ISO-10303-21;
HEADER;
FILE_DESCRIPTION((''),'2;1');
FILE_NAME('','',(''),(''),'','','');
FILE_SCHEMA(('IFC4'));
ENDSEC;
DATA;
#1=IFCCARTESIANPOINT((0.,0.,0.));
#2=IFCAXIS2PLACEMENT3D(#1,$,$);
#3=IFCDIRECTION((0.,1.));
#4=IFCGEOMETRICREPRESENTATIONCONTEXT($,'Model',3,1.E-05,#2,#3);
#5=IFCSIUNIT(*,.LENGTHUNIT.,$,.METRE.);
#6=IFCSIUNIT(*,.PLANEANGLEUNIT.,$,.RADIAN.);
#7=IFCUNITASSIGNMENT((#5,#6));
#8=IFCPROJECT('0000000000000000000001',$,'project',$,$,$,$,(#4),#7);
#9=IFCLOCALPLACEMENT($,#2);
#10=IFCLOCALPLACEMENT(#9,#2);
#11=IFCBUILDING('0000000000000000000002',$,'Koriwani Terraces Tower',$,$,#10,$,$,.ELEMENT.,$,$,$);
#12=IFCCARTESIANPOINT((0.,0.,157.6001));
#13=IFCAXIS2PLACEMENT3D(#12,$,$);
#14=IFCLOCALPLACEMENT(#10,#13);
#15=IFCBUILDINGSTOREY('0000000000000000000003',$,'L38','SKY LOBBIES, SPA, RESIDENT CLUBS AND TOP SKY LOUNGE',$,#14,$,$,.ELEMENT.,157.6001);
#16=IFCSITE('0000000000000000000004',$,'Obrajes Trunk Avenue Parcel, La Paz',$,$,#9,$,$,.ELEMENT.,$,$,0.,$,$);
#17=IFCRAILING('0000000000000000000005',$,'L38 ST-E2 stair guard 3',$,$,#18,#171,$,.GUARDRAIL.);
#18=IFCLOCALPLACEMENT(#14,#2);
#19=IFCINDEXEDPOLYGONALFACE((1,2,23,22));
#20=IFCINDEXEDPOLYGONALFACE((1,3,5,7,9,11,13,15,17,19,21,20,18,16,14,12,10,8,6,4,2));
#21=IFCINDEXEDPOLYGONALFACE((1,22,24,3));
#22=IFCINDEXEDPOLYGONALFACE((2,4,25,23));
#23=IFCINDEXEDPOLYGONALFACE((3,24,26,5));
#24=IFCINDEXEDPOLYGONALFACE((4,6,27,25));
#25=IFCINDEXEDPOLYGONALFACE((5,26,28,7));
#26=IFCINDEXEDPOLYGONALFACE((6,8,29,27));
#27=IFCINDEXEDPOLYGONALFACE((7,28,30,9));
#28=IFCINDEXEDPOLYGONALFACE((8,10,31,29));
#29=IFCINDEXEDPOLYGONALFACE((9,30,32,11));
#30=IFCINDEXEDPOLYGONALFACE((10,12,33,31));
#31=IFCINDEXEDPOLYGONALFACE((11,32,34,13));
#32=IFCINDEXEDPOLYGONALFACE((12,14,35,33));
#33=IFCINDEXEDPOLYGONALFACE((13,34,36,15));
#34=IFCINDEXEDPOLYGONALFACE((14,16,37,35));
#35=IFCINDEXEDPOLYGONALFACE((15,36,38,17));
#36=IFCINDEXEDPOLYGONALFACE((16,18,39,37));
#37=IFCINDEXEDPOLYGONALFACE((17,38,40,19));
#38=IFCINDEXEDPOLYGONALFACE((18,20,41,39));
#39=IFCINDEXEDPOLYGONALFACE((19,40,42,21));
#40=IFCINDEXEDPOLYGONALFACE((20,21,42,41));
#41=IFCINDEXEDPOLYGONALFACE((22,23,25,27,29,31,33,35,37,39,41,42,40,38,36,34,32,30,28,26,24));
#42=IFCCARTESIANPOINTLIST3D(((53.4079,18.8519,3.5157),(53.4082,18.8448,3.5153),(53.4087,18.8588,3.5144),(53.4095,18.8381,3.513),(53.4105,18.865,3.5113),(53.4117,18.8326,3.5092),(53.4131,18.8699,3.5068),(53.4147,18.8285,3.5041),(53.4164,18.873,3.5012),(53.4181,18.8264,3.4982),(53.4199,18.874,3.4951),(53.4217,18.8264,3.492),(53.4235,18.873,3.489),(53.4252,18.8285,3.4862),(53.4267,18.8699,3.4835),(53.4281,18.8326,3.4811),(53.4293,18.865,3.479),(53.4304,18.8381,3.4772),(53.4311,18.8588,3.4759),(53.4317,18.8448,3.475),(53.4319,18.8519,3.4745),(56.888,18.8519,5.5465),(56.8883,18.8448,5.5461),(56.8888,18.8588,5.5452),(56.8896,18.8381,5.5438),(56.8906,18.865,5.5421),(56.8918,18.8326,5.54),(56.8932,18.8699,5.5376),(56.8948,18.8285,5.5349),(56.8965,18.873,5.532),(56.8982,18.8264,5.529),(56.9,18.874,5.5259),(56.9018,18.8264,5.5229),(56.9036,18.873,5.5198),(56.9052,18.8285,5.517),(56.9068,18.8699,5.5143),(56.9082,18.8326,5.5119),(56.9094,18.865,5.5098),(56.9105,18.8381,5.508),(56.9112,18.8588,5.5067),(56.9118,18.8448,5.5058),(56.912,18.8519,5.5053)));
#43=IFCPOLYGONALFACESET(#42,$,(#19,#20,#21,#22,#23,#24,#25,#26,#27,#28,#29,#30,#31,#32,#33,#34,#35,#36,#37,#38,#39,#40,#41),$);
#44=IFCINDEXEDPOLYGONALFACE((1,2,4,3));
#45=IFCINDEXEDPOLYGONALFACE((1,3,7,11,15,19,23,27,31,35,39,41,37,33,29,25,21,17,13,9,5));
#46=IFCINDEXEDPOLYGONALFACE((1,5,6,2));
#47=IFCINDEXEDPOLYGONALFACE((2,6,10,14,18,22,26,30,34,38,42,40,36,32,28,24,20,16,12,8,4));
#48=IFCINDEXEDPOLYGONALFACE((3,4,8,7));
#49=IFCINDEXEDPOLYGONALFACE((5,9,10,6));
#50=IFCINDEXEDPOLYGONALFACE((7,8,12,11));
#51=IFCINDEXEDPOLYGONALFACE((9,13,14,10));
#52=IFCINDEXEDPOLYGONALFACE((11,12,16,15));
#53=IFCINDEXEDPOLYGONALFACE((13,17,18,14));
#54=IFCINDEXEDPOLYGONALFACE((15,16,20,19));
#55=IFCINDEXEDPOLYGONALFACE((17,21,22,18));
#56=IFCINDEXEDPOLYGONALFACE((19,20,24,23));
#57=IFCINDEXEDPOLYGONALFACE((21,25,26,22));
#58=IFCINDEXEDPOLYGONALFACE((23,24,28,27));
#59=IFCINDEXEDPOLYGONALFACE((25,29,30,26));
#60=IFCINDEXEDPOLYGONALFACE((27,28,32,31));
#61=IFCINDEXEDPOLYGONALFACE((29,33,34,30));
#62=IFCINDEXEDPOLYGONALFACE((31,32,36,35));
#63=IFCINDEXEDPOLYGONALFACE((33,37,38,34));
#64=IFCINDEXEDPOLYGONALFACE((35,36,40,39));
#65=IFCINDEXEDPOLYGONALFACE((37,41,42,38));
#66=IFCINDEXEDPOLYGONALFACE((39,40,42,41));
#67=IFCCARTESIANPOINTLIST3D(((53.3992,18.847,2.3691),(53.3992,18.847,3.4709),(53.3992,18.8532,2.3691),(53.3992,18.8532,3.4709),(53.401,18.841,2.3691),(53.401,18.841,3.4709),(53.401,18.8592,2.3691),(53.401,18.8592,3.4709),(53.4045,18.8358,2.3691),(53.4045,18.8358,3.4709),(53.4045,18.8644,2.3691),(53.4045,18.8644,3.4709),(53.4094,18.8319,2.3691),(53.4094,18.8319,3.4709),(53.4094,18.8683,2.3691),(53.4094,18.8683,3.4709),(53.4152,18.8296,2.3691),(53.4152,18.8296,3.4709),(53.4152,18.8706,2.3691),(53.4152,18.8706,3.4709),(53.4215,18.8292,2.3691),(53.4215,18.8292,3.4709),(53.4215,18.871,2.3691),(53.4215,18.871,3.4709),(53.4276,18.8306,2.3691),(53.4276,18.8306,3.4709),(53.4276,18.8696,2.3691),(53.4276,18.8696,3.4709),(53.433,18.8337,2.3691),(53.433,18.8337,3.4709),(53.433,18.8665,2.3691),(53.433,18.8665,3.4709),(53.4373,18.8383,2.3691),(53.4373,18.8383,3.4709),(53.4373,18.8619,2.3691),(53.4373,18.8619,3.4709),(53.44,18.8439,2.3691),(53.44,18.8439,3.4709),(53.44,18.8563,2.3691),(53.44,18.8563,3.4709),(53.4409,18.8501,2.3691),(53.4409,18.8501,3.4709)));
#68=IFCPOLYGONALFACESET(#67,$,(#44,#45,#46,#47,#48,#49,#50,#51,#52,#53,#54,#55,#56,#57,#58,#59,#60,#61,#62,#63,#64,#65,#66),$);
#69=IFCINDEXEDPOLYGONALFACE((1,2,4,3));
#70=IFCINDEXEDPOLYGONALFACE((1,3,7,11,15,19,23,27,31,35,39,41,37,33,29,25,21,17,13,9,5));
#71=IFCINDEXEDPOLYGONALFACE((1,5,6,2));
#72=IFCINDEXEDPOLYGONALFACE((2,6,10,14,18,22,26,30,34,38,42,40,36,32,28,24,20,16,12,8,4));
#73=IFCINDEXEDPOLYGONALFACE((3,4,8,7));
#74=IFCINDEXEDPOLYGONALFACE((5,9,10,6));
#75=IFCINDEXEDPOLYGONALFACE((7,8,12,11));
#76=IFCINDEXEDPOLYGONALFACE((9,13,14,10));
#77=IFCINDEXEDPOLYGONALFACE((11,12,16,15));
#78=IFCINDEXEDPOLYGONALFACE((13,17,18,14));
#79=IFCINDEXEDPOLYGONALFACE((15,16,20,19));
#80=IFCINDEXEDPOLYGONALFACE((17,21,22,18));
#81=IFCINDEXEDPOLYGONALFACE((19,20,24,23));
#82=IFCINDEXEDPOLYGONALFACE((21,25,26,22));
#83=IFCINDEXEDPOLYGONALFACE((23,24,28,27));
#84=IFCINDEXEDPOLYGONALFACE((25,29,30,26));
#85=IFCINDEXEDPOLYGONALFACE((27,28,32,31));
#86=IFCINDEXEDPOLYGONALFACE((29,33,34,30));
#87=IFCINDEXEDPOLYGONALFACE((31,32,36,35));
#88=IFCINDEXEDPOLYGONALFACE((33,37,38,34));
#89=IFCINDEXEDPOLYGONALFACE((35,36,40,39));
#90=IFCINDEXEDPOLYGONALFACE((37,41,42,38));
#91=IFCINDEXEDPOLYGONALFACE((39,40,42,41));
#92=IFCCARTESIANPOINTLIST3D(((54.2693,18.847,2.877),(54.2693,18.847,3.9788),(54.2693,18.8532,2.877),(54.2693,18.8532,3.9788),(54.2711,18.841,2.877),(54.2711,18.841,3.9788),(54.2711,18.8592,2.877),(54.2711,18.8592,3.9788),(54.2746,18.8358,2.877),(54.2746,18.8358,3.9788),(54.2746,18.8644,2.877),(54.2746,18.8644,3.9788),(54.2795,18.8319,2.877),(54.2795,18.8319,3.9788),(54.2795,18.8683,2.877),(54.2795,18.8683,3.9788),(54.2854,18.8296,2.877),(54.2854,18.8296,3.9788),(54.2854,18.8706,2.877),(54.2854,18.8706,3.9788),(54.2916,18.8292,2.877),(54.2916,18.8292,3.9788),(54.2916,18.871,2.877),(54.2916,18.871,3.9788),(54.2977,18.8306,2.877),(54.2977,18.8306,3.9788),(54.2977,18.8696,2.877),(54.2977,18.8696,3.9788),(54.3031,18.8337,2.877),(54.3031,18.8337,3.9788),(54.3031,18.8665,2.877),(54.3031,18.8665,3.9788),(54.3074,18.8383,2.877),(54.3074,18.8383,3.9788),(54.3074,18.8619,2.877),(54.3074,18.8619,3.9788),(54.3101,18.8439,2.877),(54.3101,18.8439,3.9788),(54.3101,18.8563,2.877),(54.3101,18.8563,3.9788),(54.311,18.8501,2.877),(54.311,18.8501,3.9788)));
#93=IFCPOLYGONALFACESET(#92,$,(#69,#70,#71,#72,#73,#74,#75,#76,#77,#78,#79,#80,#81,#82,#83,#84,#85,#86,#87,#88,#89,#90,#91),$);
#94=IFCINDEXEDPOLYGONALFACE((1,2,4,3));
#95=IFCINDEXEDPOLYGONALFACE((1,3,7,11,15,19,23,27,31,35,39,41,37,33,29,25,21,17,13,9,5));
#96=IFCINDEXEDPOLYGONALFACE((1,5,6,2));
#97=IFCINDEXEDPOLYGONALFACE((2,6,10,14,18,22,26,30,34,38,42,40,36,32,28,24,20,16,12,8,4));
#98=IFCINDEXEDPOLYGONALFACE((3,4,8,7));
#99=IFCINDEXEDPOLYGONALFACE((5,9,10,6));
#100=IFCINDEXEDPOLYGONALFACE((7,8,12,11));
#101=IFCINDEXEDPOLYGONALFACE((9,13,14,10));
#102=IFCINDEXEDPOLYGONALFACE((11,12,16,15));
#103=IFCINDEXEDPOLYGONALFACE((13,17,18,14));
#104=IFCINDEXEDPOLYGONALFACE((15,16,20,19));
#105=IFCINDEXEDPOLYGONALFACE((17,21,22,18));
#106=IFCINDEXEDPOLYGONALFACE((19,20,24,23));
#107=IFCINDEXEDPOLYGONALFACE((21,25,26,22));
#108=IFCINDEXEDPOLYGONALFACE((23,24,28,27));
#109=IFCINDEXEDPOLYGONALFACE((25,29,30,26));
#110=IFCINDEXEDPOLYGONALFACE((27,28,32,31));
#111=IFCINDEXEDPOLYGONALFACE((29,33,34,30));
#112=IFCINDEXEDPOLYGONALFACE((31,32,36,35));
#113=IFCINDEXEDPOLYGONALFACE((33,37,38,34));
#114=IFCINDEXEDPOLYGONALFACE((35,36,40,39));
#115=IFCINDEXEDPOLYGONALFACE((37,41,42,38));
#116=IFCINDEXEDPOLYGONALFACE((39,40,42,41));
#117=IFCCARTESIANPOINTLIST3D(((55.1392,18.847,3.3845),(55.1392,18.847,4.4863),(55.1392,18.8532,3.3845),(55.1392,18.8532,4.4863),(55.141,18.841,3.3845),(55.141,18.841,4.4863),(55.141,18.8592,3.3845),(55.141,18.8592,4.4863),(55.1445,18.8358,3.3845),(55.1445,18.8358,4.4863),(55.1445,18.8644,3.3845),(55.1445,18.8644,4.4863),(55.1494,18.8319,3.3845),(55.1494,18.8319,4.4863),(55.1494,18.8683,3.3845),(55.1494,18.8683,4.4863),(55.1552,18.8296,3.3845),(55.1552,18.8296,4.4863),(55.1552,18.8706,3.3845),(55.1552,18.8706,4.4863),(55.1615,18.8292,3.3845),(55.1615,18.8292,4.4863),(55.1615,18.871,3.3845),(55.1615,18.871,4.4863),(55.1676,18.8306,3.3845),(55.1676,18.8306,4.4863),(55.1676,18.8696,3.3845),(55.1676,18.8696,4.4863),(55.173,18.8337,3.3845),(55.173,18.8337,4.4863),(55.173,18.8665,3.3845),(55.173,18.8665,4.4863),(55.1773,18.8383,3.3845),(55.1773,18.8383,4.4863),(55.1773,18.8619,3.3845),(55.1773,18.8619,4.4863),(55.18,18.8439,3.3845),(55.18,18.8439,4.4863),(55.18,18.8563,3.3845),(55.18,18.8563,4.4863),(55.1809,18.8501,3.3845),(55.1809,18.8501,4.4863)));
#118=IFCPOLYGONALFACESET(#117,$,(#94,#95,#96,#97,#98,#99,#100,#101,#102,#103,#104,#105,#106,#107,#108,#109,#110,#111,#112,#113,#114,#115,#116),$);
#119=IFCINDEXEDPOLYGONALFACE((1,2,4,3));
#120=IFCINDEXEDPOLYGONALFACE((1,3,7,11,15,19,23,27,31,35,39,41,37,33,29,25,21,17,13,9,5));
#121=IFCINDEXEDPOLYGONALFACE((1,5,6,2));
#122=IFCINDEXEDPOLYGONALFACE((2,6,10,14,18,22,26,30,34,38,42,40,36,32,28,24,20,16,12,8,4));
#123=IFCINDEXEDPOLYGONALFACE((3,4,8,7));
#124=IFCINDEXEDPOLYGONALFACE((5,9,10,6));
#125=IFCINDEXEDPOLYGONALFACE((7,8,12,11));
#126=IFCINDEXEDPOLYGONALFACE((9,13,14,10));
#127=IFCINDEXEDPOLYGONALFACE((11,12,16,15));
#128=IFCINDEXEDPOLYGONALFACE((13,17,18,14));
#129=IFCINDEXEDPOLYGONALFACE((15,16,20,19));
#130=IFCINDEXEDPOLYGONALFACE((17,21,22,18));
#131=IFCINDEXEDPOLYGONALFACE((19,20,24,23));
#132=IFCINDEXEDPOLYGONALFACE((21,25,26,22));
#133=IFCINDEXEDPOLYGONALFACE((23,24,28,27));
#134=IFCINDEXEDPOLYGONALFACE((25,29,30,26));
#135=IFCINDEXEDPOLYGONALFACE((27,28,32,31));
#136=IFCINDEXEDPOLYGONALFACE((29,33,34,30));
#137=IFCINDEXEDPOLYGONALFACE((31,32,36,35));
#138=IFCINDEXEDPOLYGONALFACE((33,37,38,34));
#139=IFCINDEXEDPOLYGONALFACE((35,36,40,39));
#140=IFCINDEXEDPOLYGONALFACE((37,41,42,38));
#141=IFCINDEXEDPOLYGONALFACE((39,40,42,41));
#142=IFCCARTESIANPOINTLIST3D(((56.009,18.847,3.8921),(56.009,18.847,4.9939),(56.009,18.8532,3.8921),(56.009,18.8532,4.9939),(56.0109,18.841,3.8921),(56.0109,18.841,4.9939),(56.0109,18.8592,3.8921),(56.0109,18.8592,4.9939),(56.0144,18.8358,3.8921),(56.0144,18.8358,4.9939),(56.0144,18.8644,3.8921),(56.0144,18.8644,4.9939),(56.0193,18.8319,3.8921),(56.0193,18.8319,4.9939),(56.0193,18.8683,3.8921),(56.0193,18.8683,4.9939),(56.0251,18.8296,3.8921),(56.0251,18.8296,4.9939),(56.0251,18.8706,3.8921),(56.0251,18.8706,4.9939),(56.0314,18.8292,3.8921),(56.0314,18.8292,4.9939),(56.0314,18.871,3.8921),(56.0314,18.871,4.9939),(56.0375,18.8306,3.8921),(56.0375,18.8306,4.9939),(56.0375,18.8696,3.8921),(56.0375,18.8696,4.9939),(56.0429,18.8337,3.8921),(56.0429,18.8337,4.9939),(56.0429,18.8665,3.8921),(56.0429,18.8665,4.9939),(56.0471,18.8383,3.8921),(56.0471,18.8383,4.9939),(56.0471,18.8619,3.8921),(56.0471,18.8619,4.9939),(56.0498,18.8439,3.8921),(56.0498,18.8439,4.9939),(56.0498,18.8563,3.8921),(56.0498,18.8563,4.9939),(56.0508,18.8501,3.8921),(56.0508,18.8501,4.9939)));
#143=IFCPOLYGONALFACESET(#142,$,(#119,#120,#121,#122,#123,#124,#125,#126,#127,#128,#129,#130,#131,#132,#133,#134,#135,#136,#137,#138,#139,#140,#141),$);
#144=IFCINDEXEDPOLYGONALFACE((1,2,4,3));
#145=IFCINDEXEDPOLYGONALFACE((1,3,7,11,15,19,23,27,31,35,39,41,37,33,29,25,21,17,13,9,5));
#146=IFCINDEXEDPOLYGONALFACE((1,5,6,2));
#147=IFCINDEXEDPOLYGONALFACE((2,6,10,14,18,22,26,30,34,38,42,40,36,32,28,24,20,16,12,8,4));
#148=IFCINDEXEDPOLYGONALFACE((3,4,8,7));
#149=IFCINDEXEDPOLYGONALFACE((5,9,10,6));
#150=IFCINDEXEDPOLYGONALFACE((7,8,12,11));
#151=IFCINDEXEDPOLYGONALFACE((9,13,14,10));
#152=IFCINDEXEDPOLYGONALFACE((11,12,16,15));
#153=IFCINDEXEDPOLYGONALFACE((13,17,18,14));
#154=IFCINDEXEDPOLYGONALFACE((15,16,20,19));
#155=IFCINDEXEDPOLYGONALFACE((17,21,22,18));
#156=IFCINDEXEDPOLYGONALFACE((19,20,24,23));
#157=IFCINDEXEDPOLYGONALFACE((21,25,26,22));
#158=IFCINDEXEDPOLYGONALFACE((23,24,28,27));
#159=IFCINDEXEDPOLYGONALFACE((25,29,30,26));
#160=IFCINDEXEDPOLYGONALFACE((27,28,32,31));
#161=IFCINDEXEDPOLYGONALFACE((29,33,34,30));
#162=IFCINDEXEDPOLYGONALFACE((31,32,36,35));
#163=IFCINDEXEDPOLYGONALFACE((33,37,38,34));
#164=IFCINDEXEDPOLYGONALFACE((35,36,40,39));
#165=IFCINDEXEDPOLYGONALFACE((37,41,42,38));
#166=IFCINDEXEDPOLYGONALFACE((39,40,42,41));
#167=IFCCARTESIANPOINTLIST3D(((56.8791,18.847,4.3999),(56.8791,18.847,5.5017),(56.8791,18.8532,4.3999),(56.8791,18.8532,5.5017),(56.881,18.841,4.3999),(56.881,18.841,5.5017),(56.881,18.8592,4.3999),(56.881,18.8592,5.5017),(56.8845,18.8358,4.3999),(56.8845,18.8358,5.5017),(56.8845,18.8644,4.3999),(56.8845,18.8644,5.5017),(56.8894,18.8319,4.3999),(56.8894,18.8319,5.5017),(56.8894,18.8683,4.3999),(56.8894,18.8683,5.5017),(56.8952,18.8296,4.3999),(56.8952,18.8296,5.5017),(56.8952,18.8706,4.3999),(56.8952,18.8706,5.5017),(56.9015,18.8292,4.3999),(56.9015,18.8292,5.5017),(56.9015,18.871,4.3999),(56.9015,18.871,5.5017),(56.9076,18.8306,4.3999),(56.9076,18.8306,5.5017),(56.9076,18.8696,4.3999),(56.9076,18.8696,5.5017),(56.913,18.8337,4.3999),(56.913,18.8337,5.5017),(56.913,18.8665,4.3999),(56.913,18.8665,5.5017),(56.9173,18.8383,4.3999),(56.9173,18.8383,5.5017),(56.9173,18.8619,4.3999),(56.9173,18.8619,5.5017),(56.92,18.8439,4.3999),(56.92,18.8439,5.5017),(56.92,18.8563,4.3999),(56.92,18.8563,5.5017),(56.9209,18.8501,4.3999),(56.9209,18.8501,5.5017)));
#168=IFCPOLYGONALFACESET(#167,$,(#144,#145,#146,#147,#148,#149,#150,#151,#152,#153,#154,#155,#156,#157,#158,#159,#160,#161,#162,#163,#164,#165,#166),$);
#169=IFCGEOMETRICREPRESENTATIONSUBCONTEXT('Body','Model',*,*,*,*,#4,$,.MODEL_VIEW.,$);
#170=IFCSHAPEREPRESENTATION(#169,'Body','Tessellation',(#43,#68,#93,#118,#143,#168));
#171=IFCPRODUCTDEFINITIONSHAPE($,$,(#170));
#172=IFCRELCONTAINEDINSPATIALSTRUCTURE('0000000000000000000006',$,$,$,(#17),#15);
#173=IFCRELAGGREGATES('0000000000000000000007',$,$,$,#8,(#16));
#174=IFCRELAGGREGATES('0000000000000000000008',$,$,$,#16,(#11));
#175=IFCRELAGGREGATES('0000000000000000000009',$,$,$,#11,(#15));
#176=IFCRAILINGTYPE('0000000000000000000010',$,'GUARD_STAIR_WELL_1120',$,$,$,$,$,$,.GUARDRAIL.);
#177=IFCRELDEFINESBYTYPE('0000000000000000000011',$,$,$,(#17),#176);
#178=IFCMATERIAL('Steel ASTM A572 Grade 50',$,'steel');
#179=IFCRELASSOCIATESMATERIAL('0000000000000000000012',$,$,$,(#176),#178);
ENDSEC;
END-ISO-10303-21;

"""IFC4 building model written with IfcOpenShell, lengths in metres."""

from ifc_helpers import new_model, si_unit, direction, frame, origin, origin_2d, place, context, subcontext, project, spatial, circle, extrude, material, type_object, element, save


model = new_model("IFC4")

# Units and contexts
model_context = context("Model", 3, precision=1e-05, world=origin(), true_north=direction((0.0, 1.0)))
body_context = subcontext(model_context, "Body", "Model", "MODEL_VIEW")
ifc_project = project(units=[si_unit("LENGTHUNIT", "METRE"), si_unit("PLANEANGLEUNIT", "RADIAN")], contexts=[model_context])

# Site, building, storey
site_placement = place(None, origin())
site = spatial("IfcSite", under=ifc_project, at=site_placement, Name="Obrajes Trunk Avenue Parcel, La Paz", CompositionType="ELEMENT", RefElevation=0.0)
building_placement = place(site_placement, origin())
building = spatial("IfcBuilding", under=site, at=building_placement, Name="Koriwani Terraces Tower", CompositionType="ELEMENT")
storey_placement = place(building_placement, frame((0.0, 0.0, 157.6001)))
storey = spatial("IfcBuildingStorey", under=building, at=storey_placement, Name="L38", Description="SKY LOBBIES, SPA, RESIDENT CLUBS AND TOP SKY LOUNGE", CompositionType="ELEMENT", Elevation=157.6001)

# Shared definitions
ifc_material_1 = material(Name="Steel ASTM A572 Grade 50", Category="steel")

# Railing
railing_type_1 = type_object("IfcRailingType", Name="GUARD_STAIR_WELL_1120", PredefinedType="GUARDRAIL", material=ifc_material_1)
railing_1_placement = place(storey_placement, frame((53.4199, 18.8501, 2.3691)))
element("IfcRailing", 1, at=railing_1_placement, inside=storey, type_object=railing_type_1, Name="L38 ST-E2 stair guard 3", PredefinedType="GUARDRAIL", context=body_context, shape_type="SweptSolid", body=[
    extrude(circle(Radius=0.0239, at=origin_2d()), frame((0.0, 0.0, 1.126), z_axis=(0.863695, 0.0, 0.504014), x_axis=(0.0, 1.0, 0.0)), (0.0, 0.0, 1.0), 4.0293),
    extrude(circle(Radius=0.021, at=origin_2d()), origin(), (0.0, 0.0, 1.0), 1.1018),
    extrude(circle(Radius=0.021, at=origin_2d()), frame((0.8701, 0.0, 0.5078)), (0.0, 0.0, 1.0), 1.1018),
    extrude(circle(Radius=0.021, at=origin_2d()), frame((1.74, 0.0, 1.0154)), (0.0, 0.0, 1.0), 1.1018),
    extrude(circle(Radius=0.021, at=origin_2d()), frame((2.6099, 0.0, 1.5229)), (0.0, 0.0, 1.0), 1.1018),
    extrude(circle(Radius=0.021, at=origin_2d()), frame((3.48, 0.0, 2.0308)), (0.0, 0.0, 1.0), 1.1018),
])

save(model, "model.ifc")
